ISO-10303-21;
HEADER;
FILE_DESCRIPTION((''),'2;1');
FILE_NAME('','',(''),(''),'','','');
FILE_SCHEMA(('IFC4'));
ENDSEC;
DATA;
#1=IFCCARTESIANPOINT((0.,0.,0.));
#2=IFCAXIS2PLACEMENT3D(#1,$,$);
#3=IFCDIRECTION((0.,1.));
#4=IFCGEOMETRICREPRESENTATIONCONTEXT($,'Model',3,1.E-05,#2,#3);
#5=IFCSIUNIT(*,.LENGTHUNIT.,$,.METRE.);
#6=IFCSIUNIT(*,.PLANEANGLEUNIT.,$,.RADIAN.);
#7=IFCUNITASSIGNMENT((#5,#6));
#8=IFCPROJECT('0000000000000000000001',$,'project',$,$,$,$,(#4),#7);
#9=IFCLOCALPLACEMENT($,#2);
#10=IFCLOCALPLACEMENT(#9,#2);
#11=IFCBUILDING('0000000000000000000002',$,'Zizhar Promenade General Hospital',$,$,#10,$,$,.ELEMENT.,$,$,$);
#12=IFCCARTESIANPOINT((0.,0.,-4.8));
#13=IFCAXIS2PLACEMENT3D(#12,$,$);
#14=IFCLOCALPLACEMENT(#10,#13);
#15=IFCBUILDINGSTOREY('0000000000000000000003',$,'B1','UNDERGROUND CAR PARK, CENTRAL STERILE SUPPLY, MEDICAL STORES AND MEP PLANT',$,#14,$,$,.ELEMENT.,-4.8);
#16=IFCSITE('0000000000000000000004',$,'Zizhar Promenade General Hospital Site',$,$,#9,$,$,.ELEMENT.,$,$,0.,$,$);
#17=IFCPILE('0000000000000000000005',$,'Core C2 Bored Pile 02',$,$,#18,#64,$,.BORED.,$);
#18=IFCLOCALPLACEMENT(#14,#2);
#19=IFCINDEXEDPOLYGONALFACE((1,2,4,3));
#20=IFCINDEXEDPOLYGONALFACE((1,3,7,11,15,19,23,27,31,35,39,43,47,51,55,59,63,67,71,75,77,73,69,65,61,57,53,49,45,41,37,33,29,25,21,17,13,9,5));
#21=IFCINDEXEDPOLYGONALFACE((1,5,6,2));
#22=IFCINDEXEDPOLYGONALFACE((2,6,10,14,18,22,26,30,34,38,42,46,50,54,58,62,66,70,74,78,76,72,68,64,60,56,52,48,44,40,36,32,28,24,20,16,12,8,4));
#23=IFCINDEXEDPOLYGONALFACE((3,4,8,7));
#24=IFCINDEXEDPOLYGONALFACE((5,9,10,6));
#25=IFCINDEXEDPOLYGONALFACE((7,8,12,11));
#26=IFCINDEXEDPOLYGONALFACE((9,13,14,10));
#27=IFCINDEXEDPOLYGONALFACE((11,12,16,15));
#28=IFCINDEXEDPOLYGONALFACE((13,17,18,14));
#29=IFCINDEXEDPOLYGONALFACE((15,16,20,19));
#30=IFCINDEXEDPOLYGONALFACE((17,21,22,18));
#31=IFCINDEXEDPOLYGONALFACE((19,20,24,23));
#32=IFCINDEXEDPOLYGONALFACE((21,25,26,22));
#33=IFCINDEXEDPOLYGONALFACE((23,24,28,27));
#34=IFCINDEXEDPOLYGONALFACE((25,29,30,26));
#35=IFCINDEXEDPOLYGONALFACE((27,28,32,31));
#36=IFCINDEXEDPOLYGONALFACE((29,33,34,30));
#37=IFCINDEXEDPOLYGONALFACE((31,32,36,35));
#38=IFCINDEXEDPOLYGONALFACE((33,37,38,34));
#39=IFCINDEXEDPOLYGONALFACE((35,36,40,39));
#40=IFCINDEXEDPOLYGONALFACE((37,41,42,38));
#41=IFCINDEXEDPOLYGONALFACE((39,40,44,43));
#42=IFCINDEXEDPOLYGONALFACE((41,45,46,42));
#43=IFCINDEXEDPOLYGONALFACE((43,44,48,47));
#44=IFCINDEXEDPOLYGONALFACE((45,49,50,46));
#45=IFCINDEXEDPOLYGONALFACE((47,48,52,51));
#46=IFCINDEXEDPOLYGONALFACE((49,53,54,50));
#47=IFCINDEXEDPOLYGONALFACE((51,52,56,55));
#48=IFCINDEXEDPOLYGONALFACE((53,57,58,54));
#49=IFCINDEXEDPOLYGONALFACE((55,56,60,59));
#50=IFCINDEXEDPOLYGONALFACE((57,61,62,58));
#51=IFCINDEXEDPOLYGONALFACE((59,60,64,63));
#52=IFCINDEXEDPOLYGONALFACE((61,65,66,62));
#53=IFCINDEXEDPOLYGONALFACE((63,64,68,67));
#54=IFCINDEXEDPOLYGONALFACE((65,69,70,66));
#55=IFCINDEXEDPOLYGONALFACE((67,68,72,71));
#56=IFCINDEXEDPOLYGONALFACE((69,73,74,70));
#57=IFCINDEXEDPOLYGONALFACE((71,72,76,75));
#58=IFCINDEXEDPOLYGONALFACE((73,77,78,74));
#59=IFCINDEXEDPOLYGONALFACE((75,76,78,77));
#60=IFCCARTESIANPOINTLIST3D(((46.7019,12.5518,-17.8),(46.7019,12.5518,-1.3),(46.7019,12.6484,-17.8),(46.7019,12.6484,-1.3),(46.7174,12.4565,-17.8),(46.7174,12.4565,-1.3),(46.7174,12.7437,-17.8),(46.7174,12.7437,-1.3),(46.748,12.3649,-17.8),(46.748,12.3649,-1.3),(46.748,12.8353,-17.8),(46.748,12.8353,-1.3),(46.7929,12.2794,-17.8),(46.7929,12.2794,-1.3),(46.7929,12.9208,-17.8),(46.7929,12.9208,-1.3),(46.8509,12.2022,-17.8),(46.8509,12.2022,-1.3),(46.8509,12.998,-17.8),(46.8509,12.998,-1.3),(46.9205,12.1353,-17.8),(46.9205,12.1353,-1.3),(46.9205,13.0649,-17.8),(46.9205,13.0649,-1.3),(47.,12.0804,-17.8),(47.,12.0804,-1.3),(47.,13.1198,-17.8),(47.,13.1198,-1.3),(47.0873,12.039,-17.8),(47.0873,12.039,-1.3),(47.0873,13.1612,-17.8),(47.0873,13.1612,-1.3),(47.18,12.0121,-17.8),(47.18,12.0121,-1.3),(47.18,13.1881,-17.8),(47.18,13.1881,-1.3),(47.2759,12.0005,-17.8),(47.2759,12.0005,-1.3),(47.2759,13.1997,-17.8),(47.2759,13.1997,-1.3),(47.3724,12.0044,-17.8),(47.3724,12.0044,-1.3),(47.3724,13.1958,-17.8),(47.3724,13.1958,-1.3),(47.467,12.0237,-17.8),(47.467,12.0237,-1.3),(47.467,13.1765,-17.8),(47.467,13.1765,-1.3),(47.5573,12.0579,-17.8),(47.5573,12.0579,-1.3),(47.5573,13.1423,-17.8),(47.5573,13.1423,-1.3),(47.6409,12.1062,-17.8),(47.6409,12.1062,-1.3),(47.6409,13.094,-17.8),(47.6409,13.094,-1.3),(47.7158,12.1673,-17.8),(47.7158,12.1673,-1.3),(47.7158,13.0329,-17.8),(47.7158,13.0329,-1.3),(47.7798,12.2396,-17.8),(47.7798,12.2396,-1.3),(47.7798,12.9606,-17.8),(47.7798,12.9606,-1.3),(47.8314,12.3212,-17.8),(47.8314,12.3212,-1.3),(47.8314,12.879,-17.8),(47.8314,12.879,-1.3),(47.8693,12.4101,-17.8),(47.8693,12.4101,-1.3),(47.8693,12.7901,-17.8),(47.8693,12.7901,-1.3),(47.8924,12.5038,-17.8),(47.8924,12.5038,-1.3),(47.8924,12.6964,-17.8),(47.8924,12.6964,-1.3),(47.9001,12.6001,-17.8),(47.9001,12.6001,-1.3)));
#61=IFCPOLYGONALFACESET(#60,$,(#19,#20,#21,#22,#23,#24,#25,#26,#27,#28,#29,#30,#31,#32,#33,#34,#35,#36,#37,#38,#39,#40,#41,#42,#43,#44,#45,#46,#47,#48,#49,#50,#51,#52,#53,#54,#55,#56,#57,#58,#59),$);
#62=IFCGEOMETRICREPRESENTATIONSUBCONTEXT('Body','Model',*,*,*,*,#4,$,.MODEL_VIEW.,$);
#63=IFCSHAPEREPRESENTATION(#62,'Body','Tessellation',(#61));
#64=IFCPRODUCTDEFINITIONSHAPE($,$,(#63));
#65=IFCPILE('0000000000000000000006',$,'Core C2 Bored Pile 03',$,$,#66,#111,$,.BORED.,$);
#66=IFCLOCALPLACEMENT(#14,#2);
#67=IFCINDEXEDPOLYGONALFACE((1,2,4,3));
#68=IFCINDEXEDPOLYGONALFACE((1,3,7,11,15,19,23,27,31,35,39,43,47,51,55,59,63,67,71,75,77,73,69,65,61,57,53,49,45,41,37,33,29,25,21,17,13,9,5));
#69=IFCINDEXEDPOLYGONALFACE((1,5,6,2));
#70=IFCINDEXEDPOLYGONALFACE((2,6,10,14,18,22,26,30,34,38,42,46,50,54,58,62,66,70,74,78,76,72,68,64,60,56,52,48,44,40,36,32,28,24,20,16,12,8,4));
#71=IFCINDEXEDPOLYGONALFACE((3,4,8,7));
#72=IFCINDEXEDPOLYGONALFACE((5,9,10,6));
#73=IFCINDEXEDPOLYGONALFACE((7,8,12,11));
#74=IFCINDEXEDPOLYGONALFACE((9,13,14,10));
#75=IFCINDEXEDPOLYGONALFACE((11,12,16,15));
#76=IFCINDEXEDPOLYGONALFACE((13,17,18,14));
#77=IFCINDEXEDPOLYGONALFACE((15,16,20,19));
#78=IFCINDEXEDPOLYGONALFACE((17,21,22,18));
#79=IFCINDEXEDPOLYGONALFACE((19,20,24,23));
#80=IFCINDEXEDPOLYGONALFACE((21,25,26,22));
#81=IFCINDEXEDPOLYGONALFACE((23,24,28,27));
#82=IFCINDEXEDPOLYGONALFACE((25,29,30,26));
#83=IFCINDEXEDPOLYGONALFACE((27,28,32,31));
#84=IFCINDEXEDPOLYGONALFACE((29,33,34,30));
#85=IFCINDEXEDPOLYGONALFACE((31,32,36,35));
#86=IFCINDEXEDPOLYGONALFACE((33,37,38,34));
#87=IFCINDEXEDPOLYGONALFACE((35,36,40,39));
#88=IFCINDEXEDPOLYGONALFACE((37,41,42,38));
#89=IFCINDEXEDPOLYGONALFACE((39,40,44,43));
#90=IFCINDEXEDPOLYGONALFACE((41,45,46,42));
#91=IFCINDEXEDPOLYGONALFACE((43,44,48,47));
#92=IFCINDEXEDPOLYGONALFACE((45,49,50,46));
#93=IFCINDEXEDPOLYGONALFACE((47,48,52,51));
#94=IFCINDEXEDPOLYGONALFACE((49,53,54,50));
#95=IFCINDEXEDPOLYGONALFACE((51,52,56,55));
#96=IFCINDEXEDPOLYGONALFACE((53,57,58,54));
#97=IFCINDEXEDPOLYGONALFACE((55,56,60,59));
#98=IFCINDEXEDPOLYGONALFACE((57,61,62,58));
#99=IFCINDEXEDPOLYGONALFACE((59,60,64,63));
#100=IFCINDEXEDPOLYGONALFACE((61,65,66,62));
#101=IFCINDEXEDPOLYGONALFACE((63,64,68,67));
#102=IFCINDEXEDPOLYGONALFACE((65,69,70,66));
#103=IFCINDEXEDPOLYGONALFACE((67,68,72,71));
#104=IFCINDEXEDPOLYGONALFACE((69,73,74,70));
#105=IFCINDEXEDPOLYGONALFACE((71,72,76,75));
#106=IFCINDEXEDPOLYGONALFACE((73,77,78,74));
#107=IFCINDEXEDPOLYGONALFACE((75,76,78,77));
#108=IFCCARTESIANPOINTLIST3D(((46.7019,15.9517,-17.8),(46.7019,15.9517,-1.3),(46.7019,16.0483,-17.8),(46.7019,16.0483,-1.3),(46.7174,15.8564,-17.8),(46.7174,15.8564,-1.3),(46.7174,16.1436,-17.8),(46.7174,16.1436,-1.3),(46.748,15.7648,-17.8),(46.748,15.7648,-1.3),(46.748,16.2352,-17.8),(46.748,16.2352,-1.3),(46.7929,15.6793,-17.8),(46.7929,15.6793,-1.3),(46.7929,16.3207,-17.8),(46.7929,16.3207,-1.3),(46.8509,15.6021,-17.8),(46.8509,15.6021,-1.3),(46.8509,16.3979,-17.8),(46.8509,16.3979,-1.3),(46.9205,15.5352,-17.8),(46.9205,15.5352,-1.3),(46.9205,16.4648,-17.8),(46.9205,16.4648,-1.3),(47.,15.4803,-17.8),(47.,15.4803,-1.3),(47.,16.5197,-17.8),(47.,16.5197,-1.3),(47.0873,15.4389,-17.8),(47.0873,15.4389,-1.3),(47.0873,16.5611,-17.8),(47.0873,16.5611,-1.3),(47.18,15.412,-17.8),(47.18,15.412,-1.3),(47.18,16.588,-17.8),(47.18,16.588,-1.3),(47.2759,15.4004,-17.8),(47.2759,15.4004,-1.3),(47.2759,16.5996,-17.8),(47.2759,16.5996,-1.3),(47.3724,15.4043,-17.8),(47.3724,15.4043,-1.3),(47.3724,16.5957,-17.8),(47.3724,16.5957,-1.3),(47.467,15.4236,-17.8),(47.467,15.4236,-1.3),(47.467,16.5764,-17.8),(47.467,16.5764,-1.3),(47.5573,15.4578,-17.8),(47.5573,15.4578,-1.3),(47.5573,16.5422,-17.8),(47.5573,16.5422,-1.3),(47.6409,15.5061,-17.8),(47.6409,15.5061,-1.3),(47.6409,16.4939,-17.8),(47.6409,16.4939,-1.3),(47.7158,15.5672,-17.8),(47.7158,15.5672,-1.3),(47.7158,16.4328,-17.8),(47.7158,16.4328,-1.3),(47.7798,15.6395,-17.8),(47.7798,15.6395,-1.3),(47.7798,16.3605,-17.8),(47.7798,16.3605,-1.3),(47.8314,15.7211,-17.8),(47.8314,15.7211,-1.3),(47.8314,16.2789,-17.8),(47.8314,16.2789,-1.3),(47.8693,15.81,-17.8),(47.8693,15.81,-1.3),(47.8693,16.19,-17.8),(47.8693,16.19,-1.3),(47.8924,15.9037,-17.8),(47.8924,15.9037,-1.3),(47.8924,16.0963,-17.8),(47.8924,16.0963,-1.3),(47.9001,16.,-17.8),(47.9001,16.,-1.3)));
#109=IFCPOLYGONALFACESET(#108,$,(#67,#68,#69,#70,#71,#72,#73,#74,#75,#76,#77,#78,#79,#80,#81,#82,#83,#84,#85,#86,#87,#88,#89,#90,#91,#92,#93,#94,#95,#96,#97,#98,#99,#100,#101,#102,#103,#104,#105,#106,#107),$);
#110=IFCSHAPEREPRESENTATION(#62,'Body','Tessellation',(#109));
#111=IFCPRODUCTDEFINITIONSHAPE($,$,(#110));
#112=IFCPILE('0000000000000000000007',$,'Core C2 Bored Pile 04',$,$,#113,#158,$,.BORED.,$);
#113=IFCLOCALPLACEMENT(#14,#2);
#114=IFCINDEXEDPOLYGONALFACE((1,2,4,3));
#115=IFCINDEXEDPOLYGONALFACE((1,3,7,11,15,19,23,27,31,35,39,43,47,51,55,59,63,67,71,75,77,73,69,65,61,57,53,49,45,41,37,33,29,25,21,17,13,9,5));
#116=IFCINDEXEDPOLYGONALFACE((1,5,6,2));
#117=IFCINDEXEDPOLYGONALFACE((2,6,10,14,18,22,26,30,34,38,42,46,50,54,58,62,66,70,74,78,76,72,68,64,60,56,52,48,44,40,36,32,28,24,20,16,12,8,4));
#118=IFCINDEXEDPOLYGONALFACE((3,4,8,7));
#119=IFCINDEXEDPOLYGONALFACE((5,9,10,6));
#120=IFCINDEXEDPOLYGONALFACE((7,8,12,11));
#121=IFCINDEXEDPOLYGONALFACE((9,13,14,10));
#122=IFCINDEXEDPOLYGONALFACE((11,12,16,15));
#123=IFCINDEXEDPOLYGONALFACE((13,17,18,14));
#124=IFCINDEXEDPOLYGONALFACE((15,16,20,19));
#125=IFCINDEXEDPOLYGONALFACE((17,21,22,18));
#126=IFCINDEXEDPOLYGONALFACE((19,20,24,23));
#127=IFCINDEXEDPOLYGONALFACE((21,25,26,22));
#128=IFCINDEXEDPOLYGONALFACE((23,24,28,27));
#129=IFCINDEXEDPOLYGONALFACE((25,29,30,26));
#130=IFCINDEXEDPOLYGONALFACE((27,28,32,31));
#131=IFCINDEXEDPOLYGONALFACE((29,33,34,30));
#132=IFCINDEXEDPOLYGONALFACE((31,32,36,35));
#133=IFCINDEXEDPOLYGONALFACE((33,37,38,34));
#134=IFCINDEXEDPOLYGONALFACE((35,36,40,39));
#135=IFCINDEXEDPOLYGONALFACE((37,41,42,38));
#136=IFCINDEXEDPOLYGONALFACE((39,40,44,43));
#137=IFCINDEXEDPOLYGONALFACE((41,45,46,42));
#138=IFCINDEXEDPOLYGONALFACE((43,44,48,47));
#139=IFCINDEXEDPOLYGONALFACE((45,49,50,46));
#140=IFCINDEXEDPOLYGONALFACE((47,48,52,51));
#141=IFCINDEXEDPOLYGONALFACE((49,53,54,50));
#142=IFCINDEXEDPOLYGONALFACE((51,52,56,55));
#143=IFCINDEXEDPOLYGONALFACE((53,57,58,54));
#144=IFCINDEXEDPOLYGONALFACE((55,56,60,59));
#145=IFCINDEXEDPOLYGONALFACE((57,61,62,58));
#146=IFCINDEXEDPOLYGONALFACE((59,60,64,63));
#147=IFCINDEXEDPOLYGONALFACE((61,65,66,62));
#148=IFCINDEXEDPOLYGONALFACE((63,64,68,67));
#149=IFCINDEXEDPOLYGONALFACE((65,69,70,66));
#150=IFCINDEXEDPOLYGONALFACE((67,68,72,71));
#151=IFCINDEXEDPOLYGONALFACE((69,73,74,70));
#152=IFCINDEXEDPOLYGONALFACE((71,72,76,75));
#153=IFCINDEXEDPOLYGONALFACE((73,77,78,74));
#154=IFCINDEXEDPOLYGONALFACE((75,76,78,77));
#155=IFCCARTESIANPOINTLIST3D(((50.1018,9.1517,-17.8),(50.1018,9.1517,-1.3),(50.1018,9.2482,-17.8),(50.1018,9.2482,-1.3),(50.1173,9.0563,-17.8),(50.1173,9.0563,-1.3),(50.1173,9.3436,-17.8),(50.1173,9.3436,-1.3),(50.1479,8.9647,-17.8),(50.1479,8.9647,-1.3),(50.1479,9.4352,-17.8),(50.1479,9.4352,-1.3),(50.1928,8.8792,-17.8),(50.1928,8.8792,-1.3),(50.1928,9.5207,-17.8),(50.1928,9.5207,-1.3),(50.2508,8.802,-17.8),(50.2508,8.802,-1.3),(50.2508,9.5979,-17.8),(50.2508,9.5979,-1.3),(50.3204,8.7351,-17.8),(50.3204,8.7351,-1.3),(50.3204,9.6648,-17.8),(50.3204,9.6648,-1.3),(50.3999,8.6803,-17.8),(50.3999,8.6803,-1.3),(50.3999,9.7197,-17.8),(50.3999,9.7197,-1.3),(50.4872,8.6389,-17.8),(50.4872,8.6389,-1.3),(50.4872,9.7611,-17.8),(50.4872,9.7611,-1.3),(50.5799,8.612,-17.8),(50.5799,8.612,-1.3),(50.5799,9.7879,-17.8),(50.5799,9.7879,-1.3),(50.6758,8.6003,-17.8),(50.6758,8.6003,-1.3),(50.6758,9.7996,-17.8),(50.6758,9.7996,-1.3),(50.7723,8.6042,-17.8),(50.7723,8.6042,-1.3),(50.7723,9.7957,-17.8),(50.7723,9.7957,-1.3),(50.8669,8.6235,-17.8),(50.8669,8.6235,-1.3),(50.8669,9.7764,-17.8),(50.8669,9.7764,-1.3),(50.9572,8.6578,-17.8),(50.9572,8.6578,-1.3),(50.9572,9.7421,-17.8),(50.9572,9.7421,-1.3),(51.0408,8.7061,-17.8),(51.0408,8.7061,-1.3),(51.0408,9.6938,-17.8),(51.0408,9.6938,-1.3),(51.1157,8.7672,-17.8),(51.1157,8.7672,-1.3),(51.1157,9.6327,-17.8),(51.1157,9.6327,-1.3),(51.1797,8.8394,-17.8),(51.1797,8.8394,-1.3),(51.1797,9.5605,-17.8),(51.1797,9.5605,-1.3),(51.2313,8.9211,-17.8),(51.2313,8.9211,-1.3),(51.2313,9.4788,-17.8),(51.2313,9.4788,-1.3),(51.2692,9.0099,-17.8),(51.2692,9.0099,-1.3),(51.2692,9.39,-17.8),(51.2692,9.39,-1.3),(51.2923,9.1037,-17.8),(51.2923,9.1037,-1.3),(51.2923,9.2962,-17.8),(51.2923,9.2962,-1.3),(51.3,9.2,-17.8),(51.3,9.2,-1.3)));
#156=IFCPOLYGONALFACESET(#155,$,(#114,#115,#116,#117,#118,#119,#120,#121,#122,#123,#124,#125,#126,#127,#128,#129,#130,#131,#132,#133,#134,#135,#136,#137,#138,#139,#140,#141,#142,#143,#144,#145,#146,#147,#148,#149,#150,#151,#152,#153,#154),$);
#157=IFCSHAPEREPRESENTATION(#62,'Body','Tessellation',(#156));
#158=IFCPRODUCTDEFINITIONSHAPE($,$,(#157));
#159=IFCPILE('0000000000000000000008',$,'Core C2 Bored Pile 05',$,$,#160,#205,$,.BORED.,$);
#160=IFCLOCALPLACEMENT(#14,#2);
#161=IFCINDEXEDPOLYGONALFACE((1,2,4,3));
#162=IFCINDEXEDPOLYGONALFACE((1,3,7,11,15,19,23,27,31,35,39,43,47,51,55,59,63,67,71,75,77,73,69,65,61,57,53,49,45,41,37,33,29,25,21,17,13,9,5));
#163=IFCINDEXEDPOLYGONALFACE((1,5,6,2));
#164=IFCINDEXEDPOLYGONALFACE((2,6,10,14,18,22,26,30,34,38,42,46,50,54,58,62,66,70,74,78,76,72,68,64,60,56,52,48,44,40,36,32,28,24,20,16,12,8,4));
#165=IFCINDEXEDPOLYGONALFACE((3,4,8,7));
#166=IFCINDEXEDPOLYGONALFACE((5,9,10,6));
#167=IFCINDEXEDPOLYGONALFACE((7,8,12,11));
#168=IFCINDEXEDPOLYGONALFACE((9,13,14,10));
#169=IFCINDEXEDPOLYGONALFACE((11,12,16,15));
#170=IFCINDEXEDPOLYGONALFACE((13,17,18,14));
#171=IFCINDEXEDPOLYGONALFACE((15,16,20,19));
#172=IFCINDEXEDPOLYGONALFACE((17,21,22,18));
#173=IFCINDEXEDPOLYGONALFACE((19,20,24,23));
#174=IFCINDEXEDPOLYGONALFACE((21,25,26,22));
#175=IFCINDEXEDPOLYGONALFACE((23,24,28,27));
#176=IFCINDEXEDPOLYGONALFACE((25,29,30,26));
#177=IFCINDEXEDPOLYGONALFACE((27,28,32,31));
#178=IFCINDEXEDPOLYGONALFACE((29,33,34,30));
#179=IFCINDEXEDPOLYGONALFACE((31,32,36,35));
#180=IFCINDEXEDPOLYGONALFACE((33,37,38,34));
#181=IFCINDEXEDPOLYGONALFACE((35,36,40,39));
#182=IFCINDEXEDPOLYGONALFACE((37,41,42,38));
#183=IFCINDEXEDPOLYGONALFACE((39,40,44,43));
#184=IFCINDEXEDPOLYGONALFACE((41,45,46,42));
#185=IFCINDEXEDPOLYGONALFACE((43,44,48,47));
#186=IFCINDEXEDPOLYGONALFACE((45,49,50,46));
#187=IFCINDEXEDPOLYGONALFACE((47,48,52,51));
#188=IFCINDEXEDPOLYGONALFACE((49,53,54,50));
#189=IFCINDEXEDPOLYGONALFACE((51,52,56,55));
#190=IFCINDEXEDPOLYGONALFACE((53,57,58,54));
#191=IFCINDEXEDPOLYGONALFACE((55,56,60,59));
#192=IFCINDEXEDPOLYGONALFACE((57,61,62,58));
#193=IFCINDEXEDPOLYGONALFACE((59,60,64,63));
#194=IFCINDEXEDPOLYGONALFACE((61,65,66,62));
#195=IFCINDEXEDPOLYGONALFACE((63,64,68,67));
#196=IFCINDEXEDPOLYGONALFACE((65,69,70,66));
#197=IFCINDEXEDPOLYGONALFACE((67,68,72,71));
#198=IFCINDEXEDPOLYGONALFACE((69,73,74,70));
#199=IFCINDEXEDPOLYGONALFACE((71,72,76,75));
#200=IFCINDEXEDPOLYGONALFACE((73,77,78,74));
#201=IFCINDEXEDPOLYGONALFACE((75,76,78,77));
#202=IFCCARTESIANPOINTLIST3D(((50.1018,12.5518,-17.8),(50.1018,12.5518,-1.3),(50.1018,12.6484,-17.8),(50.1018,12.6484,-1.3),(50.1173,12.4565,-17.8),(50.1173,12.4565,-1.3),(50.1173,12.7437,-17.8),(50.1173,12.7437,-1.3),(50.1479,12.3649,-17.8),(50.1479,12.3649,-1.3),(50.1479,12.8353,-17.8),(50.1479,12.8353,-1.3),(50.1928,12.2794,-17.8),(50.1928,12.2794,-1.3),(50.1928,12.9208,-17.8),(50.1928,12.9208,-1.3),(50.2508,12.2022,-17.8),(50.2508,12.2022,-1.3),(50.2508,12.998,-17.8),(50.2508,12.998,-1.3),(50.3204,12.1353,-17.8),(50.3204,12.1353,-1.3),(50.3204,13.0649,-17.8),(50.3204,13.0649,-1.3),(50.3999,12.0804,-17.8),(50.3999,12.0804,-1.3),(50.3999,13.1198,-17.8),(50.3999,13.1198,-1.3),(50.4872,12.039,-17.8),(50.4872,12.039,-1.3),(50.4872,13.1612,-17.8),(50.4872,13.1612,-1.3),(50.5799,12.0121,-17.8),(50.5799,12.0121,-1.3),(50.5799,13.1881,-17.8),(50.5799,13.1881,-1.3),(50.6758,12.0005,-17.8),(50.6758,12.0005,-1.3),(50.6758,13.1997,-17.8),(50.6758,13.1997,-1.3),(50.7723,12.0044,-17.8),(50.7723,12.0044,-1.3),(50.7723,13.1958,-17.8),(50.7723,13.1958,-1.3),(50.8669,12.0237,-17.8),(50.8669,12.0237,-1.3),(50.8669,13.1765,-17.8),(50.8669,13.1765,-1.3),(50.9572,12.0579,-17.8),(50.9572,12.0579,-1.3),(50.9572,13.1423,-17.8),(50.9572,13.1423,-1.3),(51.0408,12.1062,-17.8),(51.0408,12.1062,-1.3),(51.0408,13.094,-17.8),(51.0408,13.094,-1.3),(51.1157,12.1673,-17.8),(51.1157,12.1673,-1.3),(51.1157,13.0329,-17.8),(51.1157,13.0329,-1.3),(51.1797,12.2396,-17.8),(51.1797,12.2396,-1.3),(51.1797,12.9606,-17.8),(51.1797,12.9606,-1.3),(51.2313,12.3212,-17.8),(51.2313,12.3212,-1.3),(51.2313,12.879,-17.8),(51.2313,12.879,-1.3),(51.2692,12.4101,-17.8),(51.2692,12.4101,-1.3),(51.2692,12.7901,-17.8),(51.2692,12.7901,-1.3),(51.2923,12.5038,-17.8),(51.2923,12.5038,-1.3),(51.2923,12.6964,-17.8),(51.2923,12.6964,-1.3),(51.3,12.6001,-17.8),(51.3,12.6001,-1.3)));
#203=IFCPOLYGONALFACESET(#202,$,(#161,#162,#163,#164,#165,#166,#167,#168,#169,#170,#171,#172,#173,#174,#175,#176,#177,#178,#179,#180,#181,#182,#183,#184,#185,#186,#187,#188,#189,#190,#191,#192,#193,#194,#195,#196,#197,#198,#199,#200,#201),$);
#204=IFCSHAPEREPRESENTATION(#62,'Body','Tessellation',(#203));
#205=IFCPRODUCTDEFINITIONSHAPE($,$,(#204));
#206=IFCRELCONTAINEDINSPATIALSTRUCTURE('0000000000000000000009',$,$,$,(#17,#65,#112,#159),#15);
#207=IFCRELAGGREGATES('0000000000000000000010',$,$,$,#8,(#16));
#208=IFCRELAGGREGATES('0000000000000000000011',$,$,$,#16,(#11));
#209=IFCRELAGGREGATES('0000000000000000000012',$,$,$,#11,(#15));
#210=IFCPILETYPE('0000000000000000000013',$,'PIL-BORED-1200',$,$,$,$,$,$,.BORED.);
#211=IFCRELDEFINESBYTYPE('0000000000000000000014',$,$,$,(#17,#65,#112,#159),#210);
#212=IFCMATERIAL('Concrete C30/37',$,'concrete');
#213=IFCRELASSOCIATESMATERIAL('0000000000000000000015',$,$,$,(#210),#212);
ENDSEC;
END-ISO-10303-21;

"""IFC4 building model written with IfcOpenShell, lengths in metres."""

from ifc_helpers import new_model, si_unit, direction, frame, origin, origin_2d, place, context, subcontext, project, spatial, circle, extrude, material, material_profile, profile_set, type_object, element, save


model = new_model("IFC4")

# Units and contexts
model_context = context("Model", 3, precision=1e-05, world=origin(), true_north=direction((0.0, 1.0)))
body_context = subcontext(model_context, "Body", "Model", "MODEL_VIEW")
ifc_project = project(units=[si_unit("LENGTHUNIT", "METRE"), si_unit("PLANEANGLEUNIT", "RADIAN")], contexts=[model_context])

# Site, building, storey
site_placement = place(None, origin())
site = spatial("IfcSite", under=ifc_project, at=site_placement, Name="Zizhar Promenade General Hospital Site", CompositionType="ELEMENT", RefElevation=0.0)
building_placement = place(site_placement, origin())
building = spatial("IfcBuilding", under=site, at=building_placement, Name="Zizhar Promenade General Hospital", CompositionType="ELEMENT")
storey_placement = place(building_placement, frame((0.0, 0.0, -4.8)))
storey = spatial("IfcBuildingStorey", under=building, at=storey_placement, Name="B1", Description="UNDERGROUND CAR PARK, CENTRAL STERILE SUPPLY, MEDICAL STORES AND MEP PLANT", CompositionType="ELEMENT", Elevation=-4.8)

# Piles
ifc_material_1 = material(Name="Concrete C30/37", Category="concrete")
ifc_material_profile_1 = material_profile(ifc_material_1, circle(Radius=0.6001, at=origin_2d()))
ifc_profile_set_1 = profile_set([ifc_material_profile_1], Name="Concrete C30/37")
pile_type_1 = type_object("IfcPileType", Name="PIL-BORED-1200", PredefinedType="BORED", material=ifc_profile_set_1)
for number, where, z_axis, x_axis, name in (
    (1, (47.3, 12.6001, -1.3), (0.0, 0.0, -1.0), (1.0, 0.0, 0.0), "Core C2 Bored Pile 02"),
    (2, (47.3, 16.0, -1.3), (0.0, 0.0, -1.0), (1.0, 0.0, 0.0), "Core C2 Bored Pile 03"),
    (3, (50.7, 9.2, -1.3), (0.0, 0.0, -1.0), (1.0, 0.0, 0.0), "Core C2 Bored Pile 04"),
    (4, (50.7, 12.6001, -1.3), (0.0, 0.0, -1.0), (1.0, 0.0, 0.0), "Core C2 Bored Pile 05"),
):
    element("IfcPile", number, at=place(storey_placement, frame(where, z_axis=z_axis, x_axis=x_axis)), inside=storey, type_object=pile_type_1, Name=name, PredefinedType="BORED", context=body_context, shape_type="SweptSolid", body=[
        extrude(circle(Radius=0.6001, at=origin_2d()), origin(), (0.0, 0.0, 1.0), 16.5),
    ])

save(model, "model.ifc")
